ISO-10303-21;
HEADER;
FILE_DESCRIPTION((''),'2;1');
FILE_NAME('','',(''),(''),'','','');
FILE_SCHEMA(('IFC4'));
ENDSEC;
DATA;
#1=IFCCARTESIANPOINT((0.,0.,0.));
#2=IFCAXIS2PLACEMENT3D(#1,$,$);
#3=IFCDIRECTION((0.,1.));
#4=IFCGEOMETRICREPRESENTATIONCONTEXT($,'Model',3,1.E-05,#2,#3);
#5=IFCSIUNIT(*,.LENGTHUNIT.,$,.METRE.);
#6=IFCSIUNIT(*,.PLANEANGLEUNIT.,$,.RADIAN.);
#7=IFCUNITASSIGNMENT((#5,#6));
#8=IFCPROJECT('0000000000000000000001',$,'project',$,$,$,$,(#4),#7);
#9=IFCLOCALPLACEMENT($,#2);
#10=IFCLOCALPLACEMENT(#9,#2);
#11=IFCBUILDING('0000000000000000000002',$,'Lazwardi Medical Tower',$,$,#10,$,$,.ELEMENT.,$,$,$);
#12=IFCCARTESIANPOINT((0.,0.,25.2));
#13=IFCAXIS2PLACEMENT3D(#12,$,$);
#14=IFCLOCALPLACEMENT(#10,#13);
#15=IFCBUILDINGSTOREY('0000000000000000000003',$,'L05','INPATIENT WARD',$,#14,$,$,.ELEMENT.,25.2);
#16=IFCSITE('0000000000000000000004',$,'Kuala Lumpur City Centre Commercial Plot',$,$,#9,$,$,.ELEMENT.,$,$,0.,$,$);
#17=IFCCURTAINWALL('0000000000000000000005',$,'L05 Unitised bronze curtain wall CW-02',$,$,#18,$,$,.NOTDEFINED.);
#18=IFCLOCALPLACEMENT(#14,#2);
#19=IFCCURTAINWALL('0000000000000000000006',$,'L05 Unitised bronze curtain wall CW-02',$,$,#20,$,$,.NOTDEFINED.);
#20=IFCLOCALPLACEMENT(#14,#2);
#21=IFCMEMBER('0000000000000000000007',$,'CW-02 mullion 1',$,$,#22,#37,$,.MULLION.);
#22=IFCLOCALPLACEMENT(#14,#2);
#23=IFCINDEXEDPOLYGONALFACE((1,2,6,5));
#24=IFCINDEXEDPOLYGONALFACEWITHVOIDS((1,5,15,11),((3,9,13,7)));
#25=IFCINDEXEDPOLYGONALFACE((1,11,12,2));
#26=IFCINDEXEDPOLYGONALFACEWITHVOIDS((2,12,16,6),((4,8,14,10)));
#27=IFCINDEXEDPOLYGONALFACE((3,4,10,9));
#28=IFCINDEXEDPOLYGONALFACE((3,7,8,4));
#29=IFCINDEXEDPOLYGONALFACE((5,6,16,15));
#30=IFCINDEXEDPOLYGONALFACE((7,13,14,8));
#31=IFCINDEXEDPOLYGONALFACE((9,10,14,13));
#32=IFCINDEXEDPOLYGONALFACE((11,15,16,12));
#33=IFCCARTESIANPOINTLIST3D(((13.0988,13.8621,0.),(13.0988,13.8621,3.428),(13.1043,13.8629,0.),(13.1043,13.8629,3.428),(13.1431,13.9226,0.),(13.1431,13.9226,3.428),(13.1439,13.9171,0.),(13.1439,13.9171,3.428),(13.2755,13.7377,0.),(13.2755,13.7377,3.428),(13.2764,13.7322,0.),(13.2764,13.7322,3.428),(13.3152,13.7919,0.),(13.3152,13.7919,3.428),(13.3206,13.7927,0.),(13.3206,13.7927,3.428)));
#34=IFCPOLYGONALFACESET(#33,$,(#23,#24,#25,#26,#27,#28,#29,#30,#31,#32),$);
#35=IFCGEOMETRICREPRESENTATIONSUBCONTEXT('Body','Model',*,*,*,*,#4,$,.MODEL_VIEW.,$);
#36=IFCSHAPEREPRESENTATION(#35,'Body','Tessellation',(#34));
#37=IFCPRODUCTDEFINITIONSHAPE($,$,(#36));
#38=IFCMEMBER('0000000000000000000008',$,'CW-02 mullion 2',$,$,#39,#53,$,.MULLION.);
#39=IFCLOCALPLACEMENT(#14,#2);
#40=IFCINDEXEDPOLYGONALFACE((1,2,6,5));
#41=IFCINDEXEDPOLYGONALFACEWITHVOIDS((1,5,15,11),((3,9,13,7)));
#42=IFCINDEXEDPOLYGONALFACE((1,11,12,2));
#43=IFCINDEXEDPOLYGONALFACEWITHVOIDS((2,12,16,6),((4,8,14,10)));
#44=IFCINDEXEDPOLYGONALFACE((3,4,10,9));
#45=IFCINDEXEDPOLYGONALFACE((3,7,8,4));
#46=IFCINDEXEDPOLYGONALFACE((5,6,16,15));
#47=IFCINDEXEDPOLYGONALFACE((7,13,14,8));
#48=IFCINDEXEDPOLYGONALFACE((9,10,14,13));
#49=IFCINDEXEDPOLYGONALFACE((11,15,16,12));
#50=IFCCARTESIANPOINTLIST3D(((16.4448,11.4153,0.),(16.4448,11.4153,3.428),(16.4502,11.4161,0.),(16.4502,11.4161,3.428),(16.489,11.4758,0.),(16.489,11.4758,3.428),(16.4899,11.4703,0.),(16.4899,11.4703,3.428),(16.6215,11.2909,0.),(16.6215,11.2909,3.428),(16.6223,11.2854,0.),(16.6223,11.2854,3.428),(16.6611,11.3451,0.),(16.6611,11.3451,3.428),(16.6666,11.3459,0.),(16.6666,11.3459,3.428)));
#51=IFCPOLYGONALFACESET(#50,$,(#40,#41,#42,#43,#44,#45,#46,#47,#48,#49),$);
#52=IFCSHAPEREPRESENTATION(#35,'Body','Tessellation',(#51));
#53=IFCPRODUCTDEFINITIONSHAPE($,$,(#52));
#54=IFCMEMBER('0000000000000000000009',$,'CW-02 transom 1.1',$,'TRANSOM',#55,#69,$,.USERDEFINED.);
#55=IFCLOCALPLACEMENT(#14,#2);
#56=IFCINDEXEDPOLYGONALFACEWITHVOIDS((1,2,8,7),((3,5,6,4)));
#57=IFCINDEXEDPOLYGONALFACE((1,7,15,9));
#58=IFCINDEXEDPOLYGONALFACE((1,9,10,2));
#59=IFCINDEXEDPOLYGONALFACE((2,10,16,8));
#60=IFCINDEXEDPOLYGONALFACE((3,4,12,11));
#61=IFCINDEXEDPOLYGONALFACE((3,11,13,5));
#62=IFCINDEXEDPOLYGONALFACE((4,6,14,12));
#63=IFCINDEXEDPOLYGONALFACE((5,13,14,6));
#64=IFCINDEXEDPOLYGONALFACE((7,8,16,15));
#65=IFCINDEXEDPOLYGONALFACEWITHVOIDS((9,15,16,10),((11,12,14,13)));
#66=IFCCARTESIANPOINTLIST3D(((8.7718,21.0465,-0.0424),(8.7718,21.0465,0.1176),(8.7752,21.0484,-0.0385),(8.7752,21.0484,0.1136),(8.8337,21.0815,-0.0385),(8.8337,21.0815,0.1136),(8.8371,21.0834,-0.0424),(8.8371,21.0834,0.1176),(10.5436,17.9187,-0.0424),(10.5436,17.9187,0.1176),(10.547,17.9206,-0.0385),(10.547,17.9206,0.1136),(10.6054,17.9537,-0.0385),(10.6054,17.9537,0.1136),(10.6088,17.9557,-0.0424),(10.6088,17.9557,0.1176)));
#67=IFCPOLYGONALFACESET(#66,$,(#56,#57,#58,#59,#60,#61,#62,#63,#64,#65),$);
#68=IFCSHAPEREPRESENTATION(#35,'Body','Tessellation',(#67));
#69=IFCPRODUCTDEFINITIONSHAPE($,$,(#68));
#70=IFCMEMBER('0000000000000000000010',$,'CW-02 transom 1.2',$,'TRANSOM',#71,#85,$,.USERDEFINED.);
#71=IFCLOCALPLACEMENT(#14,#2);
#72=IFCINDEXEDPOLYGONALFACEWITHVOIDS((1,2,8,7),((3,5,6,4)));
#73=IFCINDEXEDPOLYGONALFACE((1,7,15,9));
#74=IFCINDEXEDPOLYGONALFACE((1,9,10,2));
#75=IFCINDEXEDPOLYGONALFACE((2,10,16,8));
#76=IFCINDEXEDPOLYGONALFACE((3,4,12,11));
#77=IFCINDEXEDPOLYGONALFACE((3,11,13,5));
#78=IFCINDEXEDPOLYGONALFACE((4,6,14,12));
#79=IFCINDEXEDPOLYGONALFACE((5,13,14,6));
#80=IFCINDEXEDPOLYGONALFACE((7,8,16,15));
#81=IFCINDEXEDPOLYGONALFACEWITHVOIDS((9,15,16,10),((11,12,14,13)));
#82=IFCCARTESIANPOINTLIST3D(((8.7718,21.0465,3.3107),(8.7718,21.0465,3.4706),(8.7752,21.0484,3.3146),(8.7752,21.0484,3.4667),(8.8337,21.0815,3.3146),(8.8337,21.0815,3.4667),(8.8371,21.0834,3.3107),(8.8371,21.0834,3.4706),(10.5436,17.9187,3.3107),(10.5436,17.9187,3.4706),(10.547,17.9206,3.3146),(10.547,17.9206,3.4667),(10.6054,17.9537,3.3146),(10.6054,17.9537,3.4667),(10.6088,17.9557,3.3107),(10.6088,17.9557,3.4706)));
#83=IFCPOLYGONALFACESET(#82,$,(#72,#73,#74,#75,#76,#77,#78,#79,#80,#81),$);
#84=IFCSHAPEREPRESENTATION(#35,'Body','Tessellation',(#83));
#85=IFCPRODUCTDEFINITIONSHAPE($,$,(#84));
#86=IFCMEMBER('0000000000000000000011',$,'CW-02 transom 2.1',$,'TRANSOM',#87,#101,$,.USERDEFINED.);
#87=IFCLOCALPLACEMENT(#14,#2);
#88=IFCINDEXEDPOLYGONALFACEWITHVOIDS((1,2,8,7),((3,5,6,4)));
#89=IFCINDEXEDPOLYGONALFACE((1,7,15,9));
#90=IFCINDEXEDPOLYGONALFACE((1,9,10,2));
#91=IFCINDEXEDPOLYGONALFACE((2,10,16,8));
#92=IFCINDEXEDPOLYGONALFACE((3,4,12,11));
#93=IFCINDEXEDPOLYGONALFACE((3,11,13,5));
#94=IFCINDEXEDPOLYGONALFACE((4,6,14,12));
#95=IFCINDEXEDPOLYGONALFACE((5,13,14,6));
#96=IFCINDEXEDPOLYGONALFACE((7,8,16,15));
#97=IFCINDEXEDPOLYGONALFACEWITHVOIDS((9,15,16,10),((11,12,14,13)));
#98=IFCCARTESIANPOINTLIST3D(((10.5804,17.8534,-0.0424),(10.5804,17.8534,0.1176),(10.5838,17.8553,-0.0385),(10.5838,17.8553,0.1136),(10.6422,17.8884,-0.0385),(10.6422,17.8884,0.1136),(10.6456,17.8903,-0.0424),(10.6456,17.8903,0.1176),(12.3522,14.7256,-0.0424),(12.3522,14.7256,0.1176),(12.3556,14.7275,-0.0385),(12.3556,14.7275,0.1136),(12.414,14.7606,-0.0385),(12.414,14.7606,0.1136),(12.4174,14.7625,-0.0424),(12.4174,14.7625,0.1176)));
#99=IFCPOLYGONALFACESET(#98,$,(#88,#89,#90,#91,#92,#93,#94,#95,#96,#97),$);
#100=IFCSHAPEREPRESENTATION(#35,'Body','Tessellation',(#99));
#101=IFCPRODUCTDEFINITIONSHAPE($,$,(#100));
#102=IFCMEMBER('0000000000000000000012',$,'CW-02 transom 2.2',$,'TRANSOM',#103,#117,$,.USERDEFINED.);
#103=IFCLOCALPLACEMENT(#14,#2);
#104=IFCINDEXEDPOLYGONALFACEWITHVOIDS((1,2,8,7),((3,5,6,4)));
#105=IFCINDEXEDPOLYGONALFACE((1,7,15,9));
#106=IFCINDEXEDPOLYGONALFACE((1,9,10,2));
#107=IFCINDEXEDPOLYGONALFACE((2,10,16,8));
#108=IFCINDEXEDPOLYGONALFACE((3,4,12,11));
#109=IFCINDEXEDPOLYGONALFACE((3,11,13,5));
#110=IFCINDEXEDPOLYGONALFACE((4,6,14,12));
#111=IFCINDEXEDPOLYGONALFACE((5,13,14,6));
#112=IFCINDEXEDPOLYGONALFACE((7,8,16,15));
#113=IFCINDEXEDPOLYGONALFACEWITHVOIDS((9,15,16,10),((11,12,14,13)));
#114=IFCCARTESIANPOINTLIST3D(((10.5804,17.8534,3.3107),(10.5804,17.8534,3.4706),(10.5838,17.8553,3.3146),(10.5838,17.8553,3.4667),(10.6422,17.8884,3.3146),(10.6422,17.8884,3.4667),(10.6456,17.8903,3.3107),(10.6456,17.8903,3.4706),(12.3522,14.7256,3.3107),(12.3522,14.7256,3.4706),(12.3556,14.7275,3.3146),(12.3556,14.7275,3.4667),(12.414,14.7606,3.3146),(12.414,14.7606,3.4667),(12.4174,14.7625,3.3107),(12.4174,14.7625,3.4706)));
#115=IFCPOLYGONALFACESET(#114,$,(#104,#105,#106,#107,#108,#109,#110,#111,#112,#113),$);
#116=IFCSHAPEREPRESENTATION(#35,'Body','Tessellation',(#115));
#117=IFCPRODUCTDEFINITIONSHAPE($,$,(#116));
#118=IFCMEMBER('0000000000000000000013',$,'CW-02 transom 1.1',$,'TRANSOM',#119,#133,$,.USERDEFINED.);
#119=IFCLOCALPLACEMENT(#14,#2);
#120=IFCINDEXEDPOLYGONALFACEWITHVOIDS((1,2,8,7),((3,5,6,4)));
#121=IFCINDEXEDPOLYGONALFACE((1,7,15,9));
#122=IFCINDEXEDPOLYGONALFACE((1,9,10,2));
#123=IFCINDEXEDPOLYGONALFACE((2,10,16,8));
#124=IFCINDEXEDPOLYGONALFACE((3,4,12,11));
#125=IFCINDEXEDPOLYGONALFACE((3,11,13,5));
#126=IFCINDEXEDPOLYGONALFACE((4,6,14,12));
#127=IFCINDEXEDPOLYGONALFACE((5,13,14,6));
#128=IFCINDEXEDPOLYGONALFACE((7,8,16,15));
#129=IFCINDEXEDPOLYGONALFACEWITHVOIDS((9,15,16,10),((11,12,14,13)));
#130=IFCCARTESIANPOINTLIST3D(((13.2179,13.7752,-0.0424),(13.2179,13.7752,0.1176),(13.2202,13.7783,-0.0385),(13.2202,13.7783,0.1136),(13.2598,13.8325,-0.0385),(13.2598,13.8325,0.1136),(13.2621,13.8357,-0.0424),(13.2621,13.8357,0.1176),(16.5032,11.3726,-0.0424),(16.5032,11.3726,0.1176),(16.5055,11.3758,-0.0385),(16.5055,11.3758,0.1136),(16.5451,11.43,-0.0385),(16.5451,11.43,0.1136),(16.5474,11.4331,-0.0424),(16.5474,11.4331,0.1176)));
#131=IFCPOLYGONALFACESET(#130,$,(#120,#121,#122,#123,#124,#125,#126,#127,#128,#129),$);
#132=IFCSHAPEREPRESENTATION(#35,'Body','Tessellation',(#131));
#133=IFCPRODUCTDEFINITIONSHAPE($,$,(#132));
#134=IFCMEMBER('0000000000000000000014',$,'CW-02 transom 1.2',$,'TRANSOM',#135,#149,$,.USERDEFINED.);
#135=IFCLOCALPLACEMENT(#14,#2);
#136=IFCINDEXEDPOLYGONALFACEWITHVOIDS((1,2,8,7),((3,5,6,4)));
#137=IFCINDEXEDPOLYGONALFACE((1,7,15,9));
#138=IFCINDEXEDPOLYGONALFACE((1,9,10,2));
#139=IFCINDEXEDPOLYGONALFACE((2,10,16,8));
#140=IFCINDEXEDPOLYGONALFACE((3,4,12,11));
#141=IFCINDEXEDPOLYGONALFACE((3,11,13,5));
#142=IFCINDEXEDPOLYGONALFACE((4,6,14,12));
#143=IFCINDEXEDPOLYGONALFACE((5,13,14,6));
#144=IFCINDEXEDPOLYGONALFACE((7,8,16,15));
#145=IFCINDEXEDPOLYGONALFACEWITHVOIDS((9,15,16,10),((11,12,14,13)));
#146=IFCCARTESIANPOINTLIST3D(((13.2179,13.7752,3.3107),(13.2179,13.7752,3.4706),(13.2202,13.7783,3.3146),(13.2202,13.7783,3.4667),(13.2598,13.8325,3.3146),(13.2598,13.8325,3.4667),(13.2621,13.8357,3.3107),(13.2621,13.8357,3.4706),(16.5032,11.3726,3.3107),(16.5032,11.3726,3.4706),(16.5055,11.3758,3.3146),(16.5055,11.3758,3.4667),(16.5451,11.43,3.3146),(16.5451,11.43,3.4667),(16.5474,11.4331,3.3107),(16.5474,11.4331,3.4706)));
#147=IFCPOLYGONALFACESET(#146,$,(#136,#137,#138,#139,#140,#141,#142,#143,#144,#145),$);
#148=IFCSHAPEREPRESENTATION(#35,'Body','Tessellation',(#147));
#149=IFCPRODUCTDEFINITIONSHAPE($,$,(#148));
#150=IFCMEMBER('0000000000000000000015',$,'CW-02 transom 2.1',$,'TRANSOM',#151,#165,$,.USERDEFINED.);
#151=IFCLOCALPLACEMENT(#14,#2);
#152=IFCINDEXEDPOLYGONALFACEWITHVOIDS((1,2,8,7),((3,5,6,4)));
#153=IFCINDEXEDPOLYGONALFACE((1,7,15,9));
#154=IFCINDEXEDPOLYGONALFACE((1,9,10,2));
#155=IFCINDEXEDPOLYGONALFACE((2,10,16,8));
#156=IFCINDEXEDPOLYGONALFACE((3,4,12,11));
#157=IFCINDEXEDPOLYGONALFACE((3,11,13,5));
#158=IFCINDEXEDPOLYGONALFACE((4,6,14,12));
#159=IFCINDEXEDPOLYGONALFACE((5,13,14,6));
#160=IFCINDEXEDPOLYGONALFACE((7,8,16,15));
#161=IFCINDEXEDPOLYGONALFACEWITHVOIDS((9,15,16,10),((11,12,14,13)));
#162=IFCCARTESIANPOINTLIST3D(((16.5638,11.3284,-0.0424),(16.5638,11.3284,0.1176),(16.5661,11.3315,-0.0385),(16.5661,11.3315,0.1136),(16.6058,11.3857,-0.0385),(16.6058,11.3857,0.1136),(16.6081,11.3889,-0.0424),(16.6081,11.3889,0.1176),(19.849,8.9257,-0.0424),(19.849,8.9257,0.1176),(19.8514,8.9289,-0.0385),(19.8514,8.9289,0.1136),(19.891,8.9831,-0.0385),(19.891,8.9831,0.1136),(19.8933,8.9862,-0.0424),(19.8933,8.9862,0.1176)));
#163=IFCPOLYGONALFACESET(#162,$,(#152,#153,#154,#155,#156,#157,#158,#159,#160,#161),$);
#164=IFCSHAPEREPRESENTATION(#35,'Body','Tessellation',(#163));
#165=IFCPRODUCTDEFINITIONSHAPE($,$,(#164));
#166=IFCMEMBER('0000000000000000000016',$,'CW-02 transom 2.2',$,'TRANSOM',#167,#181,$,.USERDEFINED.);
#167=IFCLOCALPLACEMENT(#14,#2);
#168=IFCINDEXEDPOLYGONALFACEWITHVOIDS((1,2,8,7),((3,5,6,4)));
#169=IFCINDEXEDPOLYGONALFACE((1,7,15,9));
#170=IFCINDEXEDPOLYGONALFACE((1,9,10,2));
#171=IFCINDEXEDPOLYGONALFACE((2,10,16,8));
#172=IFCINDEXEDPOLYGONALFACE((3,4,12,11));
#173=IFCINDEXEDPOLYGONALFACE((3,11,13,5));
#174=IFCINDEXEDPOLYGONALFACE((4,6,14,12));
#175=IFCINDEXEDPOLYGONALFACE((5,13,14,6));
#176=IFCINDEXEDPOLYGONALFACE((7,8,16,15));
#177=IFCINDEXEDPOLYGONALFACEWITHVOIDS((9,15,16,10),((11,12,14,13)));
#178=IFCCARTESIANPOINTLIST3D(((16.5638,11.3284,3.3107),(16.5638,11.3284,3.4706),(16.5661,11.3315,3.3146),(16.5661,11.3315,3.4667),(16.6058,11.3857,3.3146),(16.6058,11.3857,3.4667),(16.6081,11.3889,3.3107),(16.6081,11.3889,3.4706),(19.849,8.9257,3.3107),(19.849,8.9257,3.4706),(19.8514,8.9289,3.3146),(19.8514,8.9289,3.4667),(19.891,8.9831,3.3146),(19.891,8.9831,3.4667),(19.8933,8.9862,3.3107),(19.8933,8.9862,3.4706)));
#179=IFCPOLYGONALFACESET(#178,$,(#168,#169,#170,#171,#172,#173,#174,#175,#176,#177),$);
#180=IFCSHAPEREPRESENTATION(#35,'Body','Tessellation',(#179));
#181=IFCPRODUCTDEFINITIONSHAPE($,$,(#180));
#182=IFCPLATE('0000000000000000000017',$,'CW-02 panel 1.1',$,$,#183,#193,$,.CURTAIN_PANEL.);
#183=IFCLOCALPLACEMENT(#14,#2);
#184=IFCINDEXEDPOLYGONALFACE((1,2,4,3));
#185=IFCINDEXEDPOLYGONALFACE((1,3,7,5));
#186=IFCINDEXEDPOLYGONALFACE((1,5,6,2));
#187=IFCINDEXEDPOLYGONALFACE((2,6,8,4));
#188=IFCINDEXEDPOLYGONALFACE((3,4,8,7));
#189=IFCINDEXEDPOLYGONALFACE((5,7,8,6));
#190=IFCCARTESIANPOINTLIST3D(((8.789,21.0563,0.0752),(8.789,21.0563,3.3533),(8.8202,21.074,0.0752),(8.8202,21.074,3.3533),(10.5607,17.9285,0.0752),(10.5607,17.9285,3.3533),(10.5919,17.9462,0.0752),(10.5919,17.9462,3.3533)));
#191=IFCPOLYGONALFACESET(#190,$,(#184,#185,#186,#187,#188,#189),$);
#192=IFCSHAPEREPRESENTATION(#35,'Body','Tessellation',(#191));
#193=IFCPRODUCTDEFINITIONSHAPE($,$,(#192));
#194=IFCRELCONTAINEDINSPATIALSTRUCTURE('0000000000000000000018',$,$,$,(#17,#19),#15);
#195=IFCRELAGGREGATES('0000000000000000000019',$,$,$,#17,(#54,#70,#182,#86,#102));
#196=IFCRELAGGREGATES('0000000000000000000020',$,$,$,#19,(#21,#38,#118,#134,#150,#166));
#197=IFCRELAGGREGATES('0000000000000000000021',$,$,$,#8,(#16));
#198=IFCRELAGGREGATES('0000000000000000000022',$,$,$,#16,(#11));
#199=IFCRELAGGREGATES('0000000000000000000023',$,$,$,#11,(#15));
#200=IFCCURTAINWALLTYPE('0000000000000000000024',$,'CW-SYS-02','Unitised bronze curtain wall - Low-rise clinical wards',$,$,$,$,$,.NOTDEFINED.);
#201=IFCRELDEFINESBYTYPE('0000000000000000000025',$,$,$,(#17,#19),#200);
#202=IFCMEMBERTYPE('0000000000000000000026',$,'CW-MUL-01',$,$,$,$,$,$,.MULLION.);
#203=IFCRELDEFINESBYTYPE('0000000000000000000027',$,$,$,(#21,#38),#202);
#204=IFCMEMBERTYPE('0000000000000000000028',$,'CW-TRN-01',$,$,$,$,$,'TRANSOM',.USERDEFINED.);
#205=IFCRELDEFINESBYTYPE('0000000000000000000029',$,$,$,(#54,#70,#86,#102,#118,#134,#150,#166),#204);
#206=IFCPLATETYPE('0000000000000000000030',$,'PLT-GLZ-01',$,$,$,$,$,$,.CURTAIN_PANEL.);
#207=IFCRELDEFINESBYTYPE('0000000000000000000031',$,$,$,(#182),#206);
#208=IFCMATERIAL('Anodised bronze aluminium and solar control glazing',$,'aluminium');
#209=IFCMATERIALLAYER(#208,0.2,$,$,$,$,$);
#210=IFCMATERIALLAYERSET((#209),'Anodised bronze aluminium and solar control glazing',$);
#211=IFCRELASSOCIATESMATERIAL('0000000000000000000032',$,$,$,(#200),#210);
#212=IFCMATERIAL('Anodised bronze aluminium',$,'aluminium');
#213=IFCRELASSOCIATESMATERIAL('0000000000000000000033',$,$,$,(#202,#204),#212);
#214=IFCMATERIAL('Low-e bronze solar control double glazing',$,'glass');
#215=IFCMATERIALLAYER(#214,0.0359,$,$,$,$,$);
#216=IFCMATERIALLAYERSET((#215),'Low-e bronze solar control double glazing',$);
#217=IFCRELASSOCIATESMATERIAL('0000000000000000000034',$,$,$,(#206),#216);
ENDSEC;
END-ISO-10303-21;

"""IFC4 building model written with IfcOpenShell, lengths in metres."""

from ifc_helpers import new_model, si_unit, direction, frame, origin, origin_2d, place, context, subcontext, project, spatial, rectangle, hollow_rectangle, extrude, material, layer, layer_set, material_profile, profile_set, type_object, element, aggregate, save


model = new_model("IFC4")

# Units and contexts
model_context = context("Model", 3, precision=1e-05, world=origin(), true_north=direction((0.0, 1.0)))
body_context = subcontext(model_context, "Body", "Model", "MODEL_VIEW")
ifc_project = project(units=[si_unit("LENGTHUNIT", "METRE"), si_unit("PLANEANGLEUNIT", "RADIAN")], contexts=[model_context])

# Site, building, storey
site_placement = place(None, origin())
site = spatial("IfcSite", under=ifc_project, at=site_placement, Name="Kuala Lumpur City Centre Commercial Plot", CompositionType="ELEMENT", RefElevation=0.0)
building_placement = place(site_placement, origin())
building = spatial("IfcBuilding", under=site, at=building_placement, Name="Lazwardi Medical Tower", CompositionType="ELEMENT")
storey_placement = place(building_placement, frame((0.0, 0.0, 25.2)))
storey = spatial("IfcBuildingStorey", under=building, at=storey_placement, Name="L05", Description="INPATIENT WARD", CompositionType="ELEMENT", Elevation=25.2)

# Curtain walls, members
ifc_material_1 = material(Name="Anodised bronze aluminium and solar control glazing", Category="aluminium")
ifc_layer_1 = layer(ifc_material_1, 0.2)
ifc_layer_set_1 = layer_set([ifc_layer_1], Name="Anodised bronze aluminium and solar control glazing")
curtain_wall_type = type_object("IfcCurtainWallType", Name="CW-SYS-02", Description="Unitised bronze curtain wall - Low-rise clinical wards", PredefinedType="NOTDEFINED", material=ifc_layer_set_1)
curtain_wall_1_placement = place(storey_placement, origin())
curtain_wall_1 = element("IfcCurtainWall", 1, at=curtain_wall_1_placement, inside=storey, type_object=curtain_wall_type, Name="L05 Unitised bronze curtain wall CW-02", PredefinedType="NOTDEFINED")
ifc_material_2 = material(Name="Anodised bronze aluminium", Category="aluminium")
ifc_material_profile_1 = material_profile(ifc_material_2, hollow_rectangle(XDim=0.075, YDim=0.22, WallThickness=0.0039, at=origin_2d()), Name="ALU-MULLION 220x75x4")
ifc_profile_set_1 = profile_set([ifc_material_profile_1], Name="Anodised bronze aluminium")
member_type_1 = type_object("IfcMemberType", Name="CW-MUL-01", PredefinedType="MULLION", material=ifc_profile_set_1)
curtain_wall_2_placement = place(storey_placement, origin())
curtain_wall_2 = element("IfcCurtainWall", 2, at=curtain_wall_2_placement, inside=storey, type_object=curtain_wall_type, Name="L05 Unitised bronze curtain wall CW-02", PredefinedType="NOTDEFINED")
member_1_placement = place(storey_placement, frame((13.2097, 13.8274, 0.0), z_axis=(0.0, 0.0, 1.0), x_axis=(0.590289, 0.807192, 0.0)))
member_1 = element("IfcMember", 3, at=member_1_placement, type_object=member_type_1, Name="CW-02 mullion 1", PredefinedType="MULLION", context=body_context, shape_type="SweptSolid", body=[
    extrude(hollow_rectangle(XDim=0.075, YDim=0.22, WallThickness=0.0039, at=origin_2d()), origin(), (0.0, 0.0, 1.0), 3.428),
])
member_2_placement = place(storey_placement, frame((16.5557, 11.3806, 0.0), z_axis=(0.0, 0.0, 1.0), x_axis=(0.590289, 0.807192, 0.0)))
member_2 = element("IfcMember", 4, at=member_2_placement, type_object=member_type_1, Name="CW-02 mullion 2", PredefinedType="MULLION", context=body_context, shape_type="SweptSolid", body=[
    extrude(hollow_rectangle(XDim=0.075, YDim=0.22, WallThickness=0.0039, at=origin_2d()), origin(), (0.0, 0.0, 1.0), 3.428),
])

# Members
ifc_material_profile_2 = material_profile(ifc_material_2, hollow_rectangle(XDim=0.075, YDim=0.1599, WallThickness=0.0039, at=origin_2d()), Name="ALU-TRANSOM 160x75x4")
ifc_profile_set_2 = profile_set([ifc_material_profile_2], Name="Anodised bronze aluminium")
member_type_2 = type_object("IfcMemberType", Name="CW-TRN-01", ElementType="TRANSOM", PredefinedType="USERDEFINED", material=ifc_profile_set_2)
member_3_placement = place(storey_placement, frame((8.8044, 21.0649, 0.0376), z_axis=(0.492881, -0.870097, 0.0), x_axis=(0.870097, 0.492881, 0.0)))
member_3 = element("IfcMember", 5, at=member_3_placement, type_object=member_type_2, Name="CW-02 transom 1.1", ObjectType="TRANSOM", PredefinedType="USERDEFINED", context=body_context, shape_type="SweptSolid", body=[
    extrude(hollow_rectangle(XDim=0.075, YDim=0.1599, WallThickness=0.0039, at=origin_2d()), origin(), (0.0, 0.0, 1.0), 3.5947),
])
member_4_placement = place(storey_placement, frame((8.8044, 21.0649, 3.3906), z_axis=(0.492881, -0.870097, 0.0), x_axis=(0.870097, 0.492881, 0.0)))
member_4 = element("IfcMember", 6, at=member_4_placement, type_object=member_type_2, Name="CW-02 transom 1.2", ObjectType="TRANSOM", PredefinedType="USERDEFINED", context=body_context, shape_type="SweptSolid", body=[
    extrude(hollow_rectangle(XDim=0.075, YDim=0.1599, WallThickness=0.0039, at=origin_2d()), origin(), (0.0, 0.0, 1.0), 3.5947),
])
member_5_placement = place(storey_placement, frame((10.613, 17.8718, 0.0376), z_axis=(0.492881, -0.870097, 0.0), x_axis=(0.870097, 0.492881, 0.0)))
member_5 = element("IfcMember", 7, at=member_5_placement, type_object=member_type_2, Name="CW-02 transom 2.1", ObjectType="TRANSOM", PredefinedType="USERDEFINED", context=body_context, shape_type="SweptSolid", body=[
    extrude(hollow_rectangle(XDim=0.075, YDim=0.1599, WallThickness=0.0039, at=origin_2d()), origin(), (0.0, 0.0, 1.0), 3.5947),
])
member_6_placement = place(storey_placement, frame((10.613, 17.8718, 3.3906), z_axis=(0.492881, -0.870097, 0.0), x_axis=(0.870097, 0.492881, 0.0)))
member_6 = element("IfcMember", 8, at=member_6_placement, type_object=member_type_2, Name="CW-02 transom 2.2", ObjectType="TRANSOM", PredefinedType="USERDEFINED", context=body_context, shape_type="SweptSolid", body=[
    extrude(hollow_rectangle(XDim=0.075, YDim=0.1599, WallThickness=0.0039, at=origin_2d()), origin(), (0.0, 0.0, 1.0), 3.5947),
])
member_7_placement = place(storey_placement, frame((13.24, 13.8054, 0.0376), z_axis=(0.80719, -0.590292, 0.0), x_axis=(0.590292, 0.80719, 0.0)))
member_7 = element("IfcMember", 9, at=member_7_placement, type_object=member_type_2, Name="CW-02 transom 1.1", ObjectType="TRANSOM", PredefinedType="USERDEFINED", context=body_context, shape_type="SweptSolid", body=[
    extrude(hollow_rectangle(XDim=0.075, YDim=0.1599, WallThickness=0.0039, at=origin_2d()), origin(), (0.0, 0.0, 1.0), 4.0701),
])
member_8_placement = place(storey_placement, frame((13.24, 13.8054, 3.3906), z_axis=(0.80719, -0.590292, 0.0), x_axis=(0.590292, 0.80719, 0.0)))
member_8 = element("IfcMember", 10, at=member_8_placement, type_object=member_type_2, Name="CW-02 transom 1.2", ObjectType="TRANSOM", PredefinedType="USERDEFINED", context=body_context, shape_type="SweptSolid", body=[
    extrude(hollow_rectangle(XDim=0.075, YDim=0.1599, WallThickness=0.0039, at=origin_2d()), origin(), (0.0, 0.0, 1.0), 4.0701),
])
member_9_placement = place(storey_placement, frame((16.5859, 11.3586, 0.0376), z_axis=(0.807169, -0.59032, 0.0), x_axis=(0.59032, 0.807169, 0.0)))
member_9 = element("IfcMember", 11, at=member_9_placement, type_object=member_type_2, Name="CW-02 transom 2.1", ObjectType="TRANSOM", PredefinedType="USERDEFINED", context=body_context, shape_type="SweptSolid", body=[
    extrude(hollow_rectangle(XDim=0.075, YDim=0.1599, WallThickness=0.0039, at=origin_2d()), origin(), (0.0, 0.0, 1.0), 4.0701),
])
member_10_placement = place(storey_placement, frame((16.5859, 11.3586, 3.3906), z_axis=(0.807169, -0.59032, 0.0), x_axis=(0.59032, 0.807169, 0.0)))
member_10 = element("IfcMember", 12, at=member_10_placement, type_object=member_type_2, Name="CW-02 transom 2.2", ObjectType="TRANSOM", PredefinedType="USERDEFINED", context=body_context, shape_type="SweptSolid", body=[
    extrude(hollow_rectangle(XDim=0.075, YDim=0.1599, WallThickness=0.0039, at=origin_2d()), origin(), (0.0, 0.0, 1.0), 4.0701),
])

# Plate
ifc_material_3 = material(Name="Low-e bronze solar control double glazing", Category="glass")
ifc_layer_2 = layer(ifc_material_3, 0.0359)
ifc_layer_set_2 = layer_set([ifc_layer_2], Name="Low-e bronze solar control double glazing")
plate_type = type_object("IfcPlateType", Name="PLT-GLZ-01", PredefinedType="CURTAIN_PANEL", material=ifc_layer_set_2)
plate_1_placement = place(storey_placement, frame((9.6904, 19.5012, 0.0752), z_axis=(0.0, 0.0, 1.0), x_axis=(0.492854, -0.870112, 0.0)))
plate_1 = element("IfcPlate", 13, at=plate_1_placement, type_object=plate_type, Name="CW-02 panel 1.1", PredefinedType="CURTAIN_PANEL", context=body_context, shape_type="SweptSolid", body=[
    extrude(rectangle(XDim=3.5947, YDim=0.0359, at=origin_2d()), origin(), (0.0, 0.0, 1.0), 3.2781),
])
aggregate(curtain_wall_1, [member_3, member_4, plate_1, member_5, member_6])
aggregate(curtain_wall_2, [member_1, member_2, member_7, member_8, member_9, member_10])

save(model, "model.ifc")
